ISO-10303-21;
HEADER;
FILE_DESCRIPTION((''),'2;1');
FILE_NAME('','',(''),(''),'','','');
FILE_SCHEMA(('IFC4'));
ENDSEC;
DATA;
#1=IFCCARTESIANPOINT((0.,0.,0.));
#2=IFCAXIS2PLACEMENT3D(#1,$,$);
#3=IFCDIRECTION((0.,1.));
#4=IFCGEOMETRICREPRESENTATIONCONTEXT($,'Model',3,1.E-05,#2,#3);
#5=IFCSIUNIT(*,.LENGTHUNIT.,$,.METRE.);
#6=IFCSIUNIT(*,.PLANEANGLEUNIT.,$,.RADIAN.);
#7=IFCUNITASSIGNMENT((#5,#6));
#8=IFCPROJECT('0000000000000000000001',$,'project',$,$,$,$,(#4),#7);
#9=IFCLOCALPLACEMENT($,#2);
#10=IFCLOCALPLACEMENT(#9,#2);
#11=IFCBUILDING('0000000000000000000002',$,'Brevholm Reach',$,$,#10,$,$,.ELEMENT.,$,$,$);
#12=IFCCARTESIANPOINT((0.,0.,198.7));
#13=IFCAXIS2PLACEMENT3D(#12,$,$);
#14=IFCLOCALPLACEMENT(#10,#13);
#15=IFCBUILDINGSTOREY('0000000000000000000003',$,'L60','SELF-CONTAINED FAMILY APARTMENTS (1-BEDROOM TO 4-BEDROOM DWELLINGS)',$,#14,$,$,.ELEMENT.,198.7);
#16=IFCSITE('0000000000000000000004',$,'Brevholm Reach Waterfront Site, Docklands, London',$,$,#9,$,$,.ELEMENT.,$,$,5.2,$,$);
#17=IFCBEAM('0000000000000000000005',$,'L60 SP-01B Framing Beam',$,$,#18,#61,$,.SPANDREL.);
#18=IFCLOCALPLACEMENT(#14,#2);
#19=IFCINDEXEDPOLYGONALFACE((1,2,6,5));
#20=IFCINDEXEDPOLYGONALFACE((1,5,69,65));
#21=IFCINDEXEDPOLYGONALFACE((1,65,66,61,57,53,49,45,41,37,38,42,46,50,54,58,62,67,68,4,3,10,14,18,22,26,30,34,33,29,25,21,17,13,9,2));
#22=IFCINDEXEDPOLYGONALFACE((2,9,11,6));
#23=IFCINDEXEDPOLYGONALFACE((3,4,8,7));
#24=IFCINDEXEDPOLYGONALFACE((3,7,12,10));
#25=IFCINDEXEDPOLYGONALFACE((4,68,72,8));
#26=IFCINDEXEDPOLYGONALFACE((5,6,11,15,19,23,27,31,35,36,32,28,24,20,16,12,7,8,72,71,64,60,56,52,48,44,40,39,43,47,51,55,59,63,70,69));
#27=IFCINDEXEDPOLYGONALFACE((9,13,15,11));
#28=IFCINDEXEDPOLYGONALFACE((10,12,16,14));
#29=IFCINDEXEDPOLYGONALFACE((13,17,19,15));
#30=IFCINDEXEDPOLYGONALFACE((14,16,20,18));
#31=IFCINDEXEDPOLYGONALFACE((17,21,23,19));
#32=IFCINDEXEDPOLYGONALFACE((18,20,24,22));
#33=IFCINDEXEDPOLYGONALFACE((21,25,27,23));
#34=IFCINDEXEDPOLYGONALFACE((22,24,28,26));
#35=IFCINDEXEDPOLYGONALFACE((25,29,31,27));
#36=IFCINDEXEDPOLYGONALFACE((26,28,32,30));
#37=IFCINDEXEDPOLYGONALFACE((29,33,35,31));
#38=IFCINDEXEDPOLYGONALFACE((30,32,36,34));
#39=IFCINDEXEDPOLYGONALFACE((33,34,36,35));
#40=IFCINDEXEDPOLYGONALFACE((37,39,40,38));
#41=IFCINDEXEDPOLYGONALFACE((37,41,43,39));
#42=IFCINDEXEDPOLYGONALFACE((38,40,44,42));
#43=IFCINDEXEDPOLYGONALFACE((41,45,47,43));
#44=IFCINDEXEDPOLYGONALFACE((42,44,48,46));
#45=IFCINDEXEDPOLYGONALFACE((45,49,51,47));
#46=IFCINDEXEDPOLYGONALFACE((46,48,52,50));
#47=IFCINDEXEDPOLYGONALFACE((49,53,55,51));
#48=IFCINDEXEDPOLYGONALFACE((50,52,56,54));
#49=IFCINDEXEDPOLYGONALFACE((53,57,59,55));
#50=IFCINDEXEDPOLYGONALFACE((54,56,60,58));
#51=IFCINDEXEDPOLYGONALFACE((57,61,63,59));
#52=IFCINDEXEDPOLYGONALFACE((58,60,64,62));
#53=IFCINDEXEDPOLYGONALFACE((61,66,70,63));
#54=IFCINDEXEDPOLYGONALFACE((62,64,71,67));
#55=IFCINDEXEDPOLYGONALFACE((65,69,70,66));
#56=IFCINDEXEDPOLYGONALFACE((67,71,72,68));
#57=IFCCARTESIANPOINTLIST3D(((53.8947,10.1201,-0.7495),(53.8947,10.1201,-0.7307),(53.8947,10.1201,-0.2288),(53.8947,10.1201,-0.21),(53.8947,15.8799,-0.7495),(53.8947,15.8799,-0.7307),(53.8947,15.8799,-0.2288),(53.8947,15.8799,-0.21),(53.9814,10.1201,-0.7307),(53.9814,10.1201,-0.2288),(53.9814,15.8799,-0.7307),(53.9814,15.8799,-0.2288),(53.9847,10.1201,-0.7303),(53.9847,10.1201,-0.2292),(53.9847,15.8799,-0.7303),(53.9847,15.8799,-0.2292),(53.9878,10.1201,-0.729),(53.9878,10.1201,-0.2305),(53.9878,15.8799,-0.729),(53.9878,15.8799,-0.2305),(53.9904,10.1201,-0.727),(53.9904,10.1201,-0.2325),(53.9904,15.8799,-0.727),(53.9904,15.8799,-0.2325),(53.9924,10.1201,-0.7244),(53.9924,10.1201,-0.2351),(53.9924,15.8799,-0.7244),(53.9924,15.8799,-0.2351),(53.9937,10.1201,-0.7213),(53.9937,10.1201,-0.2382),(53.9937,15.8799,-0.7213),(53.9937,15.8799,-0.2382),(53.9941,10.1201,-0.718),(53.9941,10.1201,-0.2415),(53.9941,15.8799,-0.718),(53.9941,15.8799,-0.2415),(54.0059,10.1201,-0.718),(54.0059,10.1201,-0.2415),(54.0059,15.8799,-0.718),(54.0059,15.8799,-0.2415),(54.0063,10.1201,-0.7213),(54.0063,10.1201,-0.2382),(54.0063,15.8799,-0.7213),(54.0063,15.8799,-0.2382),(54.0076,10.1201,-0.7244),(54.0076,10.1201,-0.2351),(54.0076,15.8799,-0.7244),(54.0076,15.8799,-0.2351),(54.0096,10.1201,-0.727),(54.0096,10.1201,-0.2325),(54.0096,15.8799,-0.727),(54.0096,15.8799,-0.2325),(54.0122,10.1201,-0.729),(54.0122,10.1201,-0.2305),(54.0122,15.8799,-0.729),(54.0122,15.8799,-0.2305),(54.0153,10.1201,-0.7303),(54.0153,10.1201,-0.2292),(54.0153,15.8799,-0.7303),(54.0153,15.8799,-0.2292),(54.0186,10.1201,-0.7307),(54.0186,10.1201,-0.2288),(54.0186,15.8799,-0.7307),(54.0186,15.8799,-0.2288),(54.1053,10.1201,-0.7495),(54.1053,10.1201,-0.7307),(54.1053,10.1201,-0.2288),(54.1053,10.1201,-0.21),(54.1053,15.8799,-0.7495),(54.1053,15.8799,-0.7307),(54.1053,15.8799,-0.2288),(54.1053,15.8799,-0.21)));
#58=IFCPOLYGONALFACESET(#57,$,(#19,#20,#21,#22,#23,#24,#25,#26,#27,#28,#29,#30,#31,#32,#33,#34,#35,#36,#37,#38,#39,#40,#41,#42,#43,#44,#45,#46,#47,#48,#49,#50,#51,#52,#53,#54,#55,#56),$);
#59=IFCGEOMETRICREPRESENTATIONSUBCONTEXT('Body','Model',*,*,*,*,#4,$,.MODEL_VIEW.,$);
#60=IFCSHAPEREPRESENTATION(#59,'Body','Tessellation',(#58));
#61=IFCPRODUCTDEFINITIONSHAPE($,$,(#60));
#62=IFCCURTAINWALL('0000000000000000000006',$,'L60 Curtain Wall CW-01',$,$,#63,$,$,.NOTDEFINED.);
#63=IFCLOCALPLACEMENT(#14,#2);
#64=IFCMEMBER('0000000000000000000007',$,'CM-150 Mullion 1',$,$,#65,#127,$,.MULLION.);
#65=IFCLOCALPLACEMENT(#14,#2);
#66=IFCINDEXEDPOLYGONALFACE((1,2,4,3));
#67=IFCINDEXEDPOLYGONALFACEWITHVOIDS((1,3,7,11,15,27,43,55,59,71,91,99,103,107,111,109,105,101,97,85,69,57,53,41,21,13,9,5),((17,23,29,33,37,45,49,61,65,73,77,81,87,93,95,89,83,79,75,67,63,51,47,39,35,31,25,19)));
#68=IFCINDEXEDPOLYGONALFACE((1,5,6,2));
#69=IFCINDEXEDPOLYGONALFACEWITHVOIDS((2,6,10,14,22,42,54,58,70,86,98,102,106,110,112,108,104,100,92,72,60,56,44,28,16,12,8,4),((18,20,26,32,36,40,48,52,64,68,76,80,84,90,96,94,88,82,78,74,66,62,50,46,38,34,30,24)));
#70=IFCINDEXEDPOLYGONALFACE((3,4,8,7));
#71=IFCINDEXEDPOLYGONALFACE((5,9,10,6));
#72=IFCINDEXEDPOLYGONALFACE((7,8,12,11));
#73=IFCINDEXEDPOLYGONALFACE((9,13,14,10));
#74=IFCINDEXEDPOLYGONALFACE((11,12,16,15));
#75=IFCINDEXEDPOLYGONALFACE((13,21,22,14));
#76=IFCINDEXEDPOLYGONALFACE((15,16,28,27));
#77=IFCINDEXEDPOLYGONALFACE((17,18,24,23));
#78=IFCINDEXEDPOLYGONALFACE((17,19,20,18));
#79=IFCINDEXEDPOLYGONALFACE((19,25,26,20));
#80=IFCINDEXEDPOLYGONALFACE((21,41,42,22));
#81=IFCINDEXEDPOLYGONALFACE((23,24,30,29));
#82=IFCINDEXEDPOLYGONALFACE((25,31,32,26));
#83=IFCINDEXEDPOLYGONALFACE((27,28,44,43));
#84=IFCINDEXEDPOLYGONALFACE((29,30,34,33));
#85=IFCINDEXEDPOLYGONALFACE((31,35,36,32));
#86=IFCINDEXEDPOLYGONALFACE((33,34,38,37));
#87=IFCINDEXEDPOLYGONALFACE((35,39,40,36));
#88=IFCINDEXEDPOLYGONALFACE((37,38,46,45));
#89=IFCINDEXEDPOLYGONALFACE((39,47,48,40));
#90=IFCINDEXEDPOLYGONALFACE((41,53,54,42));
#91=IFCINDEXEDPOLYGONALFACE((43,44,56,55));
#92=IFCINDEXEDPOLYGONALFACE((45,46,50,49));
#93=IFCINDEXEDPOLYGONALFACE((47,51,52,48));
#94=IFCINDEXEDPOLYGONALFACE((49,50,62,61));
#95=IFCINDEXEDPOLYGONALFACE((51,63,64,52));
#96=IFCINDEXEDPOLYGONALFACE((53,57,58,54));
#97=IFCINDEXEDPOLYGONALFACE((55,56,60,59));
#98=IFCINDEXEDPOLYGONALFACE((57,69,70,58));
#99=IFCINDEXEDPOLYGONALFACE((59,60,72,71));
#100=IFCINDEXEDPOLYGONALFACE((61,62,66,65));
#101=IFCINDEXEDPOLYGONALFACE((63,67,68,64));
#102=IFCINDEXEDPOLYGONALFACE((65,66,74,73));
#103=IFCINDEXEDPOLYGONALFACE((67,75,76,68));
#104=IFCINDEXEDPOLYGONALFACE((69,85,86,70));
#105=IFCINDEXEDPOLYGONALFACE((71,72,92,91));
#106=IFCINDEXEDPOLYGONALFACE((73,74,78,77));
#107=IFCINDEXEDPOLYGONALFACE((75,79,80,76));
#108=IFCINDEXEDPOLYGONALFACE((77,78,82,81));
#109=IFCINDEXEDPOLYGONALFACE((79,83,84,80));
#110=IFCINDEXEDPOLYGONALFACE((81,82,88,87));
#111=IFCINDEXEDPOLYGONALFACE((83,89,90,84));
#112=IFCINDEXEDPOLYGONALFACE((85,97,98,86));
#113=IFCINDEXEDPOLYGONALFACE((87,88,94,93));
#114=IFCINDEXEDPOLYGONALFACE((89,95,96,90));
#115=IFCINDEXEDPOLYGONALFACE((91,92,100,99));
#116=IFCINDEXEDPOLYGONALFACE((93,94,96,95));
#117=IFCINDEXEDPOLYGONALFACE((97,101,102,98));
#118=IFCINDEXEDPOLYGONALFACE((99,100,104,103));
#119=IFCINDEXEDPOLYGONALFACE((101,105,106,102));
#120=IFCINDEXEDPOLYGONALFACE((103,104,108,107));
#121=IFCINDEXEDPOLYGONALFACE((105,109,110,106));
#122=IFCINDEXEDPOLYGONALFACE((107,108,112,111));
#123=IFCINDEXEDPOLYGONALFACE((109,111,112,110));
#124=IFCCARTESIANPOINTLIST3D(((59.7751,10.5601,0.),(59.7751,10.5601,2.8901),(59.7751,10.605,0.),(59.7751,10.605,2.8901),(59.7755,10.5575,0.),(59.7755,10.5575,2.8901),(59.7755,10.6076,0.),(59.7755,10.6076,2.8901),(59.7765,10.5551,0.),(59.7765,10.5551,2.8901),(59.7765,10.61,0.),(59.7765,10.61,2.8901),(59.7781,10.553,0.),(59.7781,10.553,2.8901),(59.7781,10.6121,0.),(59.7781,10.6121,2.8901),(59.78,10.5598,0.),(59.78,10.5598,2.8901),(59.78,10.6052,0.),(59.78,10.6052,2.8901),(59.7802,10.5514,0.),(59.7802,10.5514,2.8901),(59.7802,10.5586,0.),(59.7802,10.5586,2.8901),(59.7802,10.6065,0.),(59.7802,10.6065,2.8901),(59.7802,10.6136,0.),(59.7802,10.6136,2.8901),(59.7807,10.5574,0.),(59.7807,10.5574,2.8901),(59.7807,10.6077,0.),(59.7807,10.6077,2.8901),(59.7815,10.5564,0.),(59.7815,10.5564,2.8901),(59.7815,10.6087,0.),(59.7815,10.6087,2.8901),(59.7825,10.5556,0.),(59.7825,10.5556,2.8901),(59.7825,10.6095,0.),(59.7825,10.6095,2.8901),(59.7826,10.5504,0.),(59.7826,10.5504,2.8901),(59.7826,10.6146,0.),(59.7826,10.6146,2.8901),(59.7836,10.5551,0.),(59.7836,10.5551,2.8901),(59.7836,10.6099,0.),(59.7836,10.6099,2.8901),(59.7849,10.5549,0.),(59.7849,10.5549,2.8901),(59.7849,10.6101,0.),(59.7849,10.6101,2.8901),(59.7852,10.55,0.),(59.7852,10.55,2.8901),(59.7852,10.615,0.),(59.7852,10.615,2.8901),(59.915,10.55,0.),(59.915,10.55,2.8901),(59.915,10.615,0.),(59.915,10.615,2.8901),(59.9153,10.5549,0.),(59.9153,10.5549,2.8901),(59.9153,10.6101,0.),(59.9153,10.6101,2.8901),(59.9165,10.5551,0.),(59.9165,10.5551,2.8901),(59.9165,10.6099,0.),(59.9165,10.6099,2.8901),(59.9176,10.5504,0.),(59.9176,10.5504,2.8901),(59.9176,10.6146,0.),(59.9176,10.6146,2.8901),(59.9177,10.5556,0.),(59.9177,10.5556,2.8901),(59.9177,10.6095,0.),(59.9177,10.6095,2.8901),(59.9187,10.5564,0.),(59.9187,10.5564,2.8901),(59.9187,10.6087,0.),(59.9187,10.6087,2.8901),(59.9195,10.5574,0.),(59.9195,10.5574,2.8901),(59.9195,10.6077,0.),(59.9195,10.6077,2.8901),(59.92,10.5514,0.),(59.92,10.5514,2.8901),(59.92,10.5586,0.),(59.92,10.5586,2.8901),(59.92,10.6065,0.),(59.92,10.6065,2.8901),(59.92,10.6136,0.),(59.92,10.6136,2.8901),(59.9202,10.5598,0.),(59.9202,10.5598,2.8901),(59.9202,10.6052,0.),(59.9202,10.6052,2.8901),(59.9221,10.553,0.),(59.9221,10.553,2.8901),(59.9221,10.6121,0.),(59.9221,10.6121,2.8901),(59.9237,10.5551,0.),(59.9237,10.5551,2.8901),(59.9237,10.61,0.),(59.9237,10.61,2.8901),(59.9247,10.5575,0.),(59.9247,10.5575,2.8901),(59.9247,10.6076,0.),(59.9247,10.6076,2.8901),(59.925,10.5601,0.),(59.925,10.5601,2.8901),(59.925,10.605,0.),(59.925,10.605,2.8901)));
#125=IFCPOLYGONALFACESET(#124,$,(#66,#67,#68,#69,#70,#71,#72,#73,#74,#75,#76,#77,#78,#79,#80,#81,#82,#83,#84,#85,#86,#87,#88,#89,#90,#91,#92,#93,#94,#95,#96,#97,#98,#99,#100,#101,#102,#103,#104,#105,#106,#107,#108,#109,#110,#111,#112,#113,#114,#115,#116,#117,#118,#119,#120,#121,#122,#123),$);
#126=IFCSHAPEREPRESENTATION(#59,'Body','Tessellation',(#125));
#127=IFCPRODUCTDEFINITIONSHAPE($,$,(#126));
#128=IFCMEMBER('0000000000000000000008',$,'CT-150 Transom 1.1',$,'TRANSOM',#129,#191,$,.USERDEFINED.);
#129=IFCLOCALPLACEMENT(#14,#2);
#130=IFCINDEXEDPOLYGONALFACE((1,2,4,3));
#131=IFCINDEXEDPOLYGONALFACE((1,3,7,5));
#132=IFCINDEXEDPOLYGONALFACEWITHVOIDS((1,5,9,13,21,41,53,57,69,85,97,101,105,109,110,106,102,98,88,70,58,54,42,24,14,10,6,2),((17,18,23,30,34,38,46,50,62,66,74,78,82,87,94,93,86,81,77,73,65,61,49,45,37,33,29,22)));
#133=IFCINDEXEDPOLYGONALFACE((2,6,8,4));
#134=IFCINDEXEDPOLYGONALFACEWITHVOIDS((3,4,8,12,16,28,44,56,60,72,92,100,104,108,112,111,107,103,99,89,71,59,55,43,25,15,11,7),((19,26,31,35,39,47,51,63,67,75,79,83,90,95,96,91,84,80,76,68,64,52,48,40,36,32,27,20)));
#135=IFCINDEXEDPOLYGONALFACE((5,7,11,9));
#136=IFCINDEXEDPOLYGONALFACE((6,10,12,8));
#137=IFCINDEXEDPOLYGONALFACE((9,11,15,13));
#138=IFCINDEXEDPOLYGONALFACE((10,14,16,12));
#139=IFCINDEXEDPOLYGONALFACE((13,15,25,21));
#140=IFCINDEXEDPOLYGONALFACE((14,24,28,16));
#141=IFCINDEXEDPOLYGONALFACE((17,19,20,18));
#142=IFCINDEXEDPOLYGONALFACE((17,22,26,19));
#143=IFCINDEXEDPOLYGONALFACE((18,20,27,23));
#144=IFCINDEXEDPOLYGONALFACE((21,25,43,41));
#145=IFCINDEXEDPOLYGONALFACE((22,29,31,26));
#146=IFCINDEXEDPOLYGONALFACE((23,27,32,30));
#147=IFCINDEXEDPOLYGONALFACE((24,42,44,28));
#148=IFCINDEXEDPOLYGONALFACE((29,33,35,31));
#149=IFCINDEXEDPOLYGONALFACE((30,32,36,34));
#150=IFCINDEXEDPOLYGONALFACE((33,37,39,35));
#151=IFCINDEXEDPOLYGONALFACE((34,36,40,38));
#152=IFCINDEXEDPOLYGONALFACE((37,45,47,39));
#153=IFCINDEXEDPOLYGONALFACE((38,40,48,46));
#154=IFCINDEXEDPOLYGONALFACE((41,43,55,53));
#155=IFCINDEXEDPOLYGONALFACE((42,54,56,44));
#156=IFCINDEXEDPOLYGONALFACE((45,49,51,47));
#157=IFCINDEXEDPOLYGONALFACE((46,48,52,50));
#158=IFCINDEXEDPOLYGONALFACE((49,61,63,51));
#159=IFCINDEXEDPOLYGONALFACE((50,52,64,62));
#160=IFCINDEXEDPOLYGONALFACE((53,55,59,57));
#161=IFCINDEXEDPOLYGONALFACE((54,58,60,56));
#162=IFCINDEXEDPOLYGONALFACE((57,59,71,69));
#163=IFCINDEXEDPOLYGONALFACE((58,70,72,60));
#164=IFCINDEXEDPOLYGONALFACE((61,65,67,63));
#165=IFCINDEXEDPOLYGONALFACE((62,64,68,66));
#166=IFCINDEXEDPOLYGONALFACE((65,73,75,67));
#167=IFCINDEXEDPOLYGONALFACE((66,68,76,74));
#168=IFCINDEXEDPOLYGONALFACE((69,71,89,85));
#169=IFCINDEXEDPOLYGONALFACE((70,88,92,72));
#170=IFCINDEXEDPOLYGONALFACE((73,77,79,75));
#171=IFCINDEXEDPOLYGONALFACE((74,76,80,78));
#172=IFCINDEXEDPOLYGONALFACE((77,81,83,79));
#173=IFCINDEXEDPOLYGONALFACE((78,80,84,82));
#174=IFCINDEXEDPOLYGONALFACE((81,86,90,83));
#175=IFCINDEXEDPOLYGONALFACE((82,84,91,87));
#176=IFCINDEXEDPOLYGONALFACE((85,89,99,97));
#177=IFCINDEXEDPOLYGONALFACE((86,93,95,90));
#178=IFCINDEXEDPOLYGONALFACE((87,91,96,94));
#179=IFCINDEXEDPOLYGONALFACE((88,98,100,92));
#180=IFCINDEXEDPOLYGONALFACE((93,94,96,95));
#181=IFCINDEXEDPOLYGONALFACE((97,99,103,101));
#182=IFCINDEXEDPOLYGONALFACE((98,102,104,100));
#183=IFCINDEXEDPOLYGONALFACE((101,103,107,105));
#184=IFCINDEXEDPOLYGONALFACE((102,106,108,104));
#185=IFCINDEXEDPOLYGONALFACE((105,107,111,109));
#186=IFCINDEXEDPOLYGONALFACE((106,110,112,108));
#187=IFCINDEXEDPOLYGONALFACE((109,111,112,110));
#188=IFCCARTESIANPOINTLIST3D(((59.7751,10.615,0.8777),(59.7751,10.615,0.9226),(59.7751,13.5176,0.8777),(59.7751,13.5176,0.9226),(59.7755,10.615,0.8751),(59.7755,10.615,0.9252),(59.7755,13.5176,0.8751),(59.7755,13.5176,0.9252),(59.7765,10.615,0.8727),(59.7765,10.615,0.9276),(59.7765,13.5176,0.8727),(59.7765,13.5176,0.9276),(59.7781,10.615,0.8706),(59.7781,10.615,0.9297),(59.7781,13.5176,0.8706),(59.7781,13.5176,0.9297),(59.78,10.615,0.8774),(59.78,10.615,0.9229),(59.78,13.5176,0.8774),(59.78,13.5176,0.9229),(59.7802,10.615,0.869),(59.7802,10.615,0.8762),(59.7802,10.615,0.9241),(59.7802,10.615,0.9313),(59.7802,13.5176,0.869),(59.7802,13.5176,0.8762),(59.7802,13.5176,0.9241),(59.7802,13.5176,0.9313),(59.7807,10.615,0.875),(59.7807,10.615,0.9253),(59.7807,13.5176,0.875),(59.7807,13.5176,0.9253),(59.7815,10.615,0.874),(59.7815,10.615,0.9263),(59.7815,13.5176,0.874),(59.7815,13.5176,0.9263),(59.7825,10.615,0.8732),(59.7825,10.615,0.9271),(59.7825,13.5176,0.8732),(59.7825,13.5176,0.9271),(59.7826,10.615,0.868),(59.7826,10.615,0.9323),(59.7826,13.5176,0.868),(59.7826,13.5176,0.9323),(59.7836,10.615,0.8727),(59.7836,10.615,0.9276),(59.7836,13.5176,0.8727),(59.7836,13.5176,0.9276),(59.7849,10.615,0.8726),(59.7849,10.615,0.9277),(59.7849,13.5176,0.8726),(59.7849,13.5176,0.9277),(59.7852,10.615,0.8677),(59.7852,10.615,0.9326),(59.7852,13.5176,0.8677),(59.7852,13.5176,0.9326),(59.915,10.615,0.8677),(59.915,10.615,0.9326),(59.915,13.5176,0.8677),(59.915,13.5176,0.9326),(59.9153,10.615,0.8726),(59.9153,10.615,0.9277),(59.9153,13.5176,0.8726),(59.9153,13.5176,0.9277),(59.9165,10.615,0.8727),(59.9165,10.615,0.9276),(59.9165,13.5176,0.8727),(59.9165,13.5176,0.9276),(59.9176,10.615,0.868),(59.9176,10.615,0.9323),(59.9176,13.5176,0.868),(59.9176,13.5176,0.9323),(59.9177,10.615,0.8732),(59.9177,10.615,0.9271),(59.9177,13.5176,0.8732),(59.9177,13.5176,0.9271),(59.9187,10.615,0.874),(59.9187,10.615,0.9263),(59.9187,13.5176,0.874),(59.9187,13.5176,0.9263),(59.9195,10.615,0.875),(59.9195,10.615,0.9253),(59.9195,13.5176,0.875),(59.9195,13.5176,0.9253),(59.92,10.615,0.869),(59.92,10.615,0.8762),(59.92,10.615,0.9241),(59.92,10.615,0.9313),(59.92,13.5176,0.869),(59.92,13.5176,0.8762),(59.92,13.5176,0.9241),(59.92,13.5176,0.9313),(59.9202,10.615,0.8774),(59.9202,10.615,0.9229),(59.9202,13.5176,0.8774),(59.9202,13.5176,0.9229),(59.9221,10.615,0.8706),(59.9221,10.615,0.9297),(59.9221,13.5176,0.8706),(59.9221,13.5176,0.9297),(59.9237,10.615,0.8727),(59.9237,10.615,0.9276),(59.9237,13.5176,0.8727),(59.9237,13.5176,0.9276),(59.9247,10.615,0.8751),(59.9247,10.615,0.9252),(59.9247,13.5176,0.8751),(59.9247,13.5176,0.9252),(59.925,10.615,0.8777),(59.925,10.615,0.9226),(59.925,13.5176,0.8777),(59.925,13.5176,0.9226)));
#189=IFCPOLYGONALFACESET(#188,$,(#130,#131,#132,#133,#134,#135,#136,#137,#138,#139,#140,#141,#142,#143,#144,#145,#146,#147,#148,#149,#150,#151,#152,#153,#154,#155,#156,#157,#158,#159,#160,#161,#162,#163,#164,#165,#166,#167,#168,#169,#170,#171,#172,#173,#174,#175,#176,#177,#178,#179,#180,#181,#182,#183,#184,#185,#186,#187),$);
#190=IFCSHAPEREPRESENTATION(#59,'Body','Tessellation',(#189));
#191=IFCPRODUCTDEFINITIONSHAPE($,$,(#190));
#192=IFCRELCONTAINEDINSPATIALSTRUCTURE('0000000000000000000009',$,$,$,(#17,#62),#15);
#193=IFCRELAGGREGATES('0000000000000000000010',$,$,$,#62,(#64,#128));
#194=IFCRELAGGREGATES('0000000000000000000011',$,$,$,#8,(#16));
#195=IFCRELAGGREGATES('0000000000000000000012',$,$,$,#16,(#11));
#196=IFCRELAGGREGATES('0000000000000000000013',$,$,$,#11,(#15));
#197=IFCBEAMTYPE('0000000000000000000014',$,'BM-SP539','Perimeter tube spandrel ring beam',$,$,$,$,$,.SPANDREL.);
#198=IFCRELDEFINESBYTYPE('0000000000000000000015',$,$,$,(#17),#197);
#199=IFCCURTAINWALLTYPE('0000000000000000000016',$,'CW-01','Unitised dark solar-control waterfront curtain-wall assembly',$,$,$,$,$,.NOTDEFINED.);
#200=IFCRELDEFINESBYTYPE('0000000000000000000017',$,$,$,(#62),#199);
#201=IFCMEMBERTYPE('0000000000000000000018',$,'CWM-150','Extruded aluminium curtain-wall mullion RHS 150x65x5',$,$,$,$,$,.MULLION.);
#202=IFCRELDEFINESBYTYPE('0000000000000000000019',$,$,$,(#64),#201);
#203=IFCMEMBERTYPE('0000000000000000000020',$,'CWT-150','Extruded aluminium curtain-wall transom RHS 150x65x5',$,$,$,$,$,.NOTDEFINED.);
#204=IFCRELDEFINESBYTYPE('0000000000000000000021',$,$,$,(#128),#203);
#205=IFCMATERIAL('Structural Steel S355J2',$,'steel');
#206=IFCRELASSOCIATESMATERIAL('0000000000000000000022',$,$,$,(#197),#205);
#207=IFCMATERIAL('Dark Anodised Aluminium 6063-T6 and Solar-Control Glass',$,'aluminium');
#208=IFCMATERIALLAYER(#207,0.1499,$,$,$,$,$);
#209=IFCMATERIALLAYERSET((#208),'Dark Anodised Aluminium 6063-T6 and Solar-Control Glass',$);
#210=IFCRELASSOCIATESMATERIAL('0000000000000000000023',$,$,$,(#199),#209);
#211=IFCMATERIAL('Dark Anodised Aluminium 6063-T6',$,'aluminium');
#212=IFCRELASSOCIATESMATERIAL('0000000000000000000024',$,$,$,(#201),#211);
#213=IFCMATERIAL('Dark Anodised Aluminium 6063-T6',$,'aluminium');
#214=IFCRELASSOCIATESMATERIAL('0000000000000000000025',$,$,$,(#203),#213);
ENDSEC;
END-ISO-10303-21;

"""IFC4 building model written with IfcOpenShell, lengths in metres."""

from ifc_helpers import new_model, si_unit, direction, frame, origin, origin_2d, place, context, subcontext, project, spatial, hollow_rectangle, i_section, extrude, material, layer, layer_set, material_profile, profile_set, type_object, element, aggregate, save


model = new_model("IFC4")

# Units and contexts
model_context = context("Model", 3, precision=1e-05, world=origin(), true_north=direction((0.0, 1.0)))
body_context = subcontext(model_context, "Body", "Model", "MODEL_VIEW")
ifc_project = project(units=[si_unit("LENGTHUNIT", "METRE"), si_unit("PLANEANGLEUNIT", "RADIAN")], contexts=[model_context])

# Site, building, storey
site_placement = place(None, origin())
site = spatial("IfcSite", under=ifc_project, at=site_placement, Name="Brevholm Reach Waterfront Site, Docklands, London", CompositionType="ELEMENT", RefElevation=5.2)
building_placement = place(site_placement, origin())
building = spatial("IfcBuilding", under=site, at=building_placement, Name="Brevholm Reach", CompositionType="ELEMENT")
storey_placement = place(building_placement, frame((0.0, 0.0, 198.7)))
storey = spatial("IfcBuildingStorey", under=building, at=storey_placement, Name="L60", Description="SELF-CONTAINED FAMILY APARTMENTS (1-BEDROOM TO 4-BEDROOM DWELLINGS)", CompositionType="ELEMENT", Elevation=198.7)

# Beam
ifc_material_1 = material(Name="Structural Steel S355J2", Category="steel")
ifc_material_profile_1 = material_profile(ifc_material_1, i_section(OverallWidth=0.2107, OverallDepth=0.5396, WebThickness=0.0117, FlangeThickness=0.0188, FilletRadius=0.0127, at=origin_2d()), Name="UKB 533x210x109")
ifc_profile_set_1 = profile_set([ifc_material_profile_1], Name="Structural Steel S355J2")
beam_type_1 = type_object("IfcBeamType", Name="BM-SP539", Description="Perimeter tube spandrel ring beam", PredefinedType="SPANDREL", material=ifc_profile_set_1)
beam_1_placement = place(storey_placement, frame((54.0, 10.1201, -0.4797), z_axis=(0.0, 1.0, 0.0), x_axis=(-1.0, 0.0, 0.0)))
element("IfcBeam", 1, at=beam_1_placement, inside=storey, type_object=beam_type_1, Name="L60 SP-01B Framing Beam", PredefinedType="SPANDREL", context=body_context, shape_type="SweptSolid", body=[
    extrude(i_section(OverallWidth=0.2107, OverallDepth=0.5396, WebThickness=0.0117, FlangeThickness=0.0188, FilletRadius=0.0127, at=origin_2d()), origin(), (0.0, 0.0, 1.0), 5.7598),
])

# Curtain wall, members
ifc_material_2 = material(Name="Dark Anodised Aluminium 6063-T6 and Solar-Control Glass", Category="aluminium")
ifc_layer_1 = layer(ifc_material_2, 0.1499)
ifc_layer_set_1 = layer_set([ifc_layer_1], Name="Dark Anodised Aluminium 6063-T6 and Solar-Control Glass")
curtain_wall_type = type_object("IfcCurtainWallType", Name="CW-01", Description="Unitised dark solar-control waterfront curtain-wall assembly", PredefinedType="NOTDEFINED", material=ifc_layer_set_1)
curtain_wall_placement = place(storey_placement, origin())
curtain_wall = element("IfcCurtainWall", 2, at=curtain_wall_placement, inside=storey, type_object=curtain_wall_type, Name="L60 Curtain Wall CW-01", PredefinedType="NOTDEFINED")
ifc_material_3 = material(Name="Dark Anodised Aluminium 6063-T6", Category="aluminium")
ifc_material_profile_2 = material_profile(ifc_material_3, hollow_rectangle(XDim=0.0649, YDim=0.1499, WallThickness=0.0049, InnerFilletRadius=0.0049, OuterFilletRadius=0.01, at=origin_2d()), Name="RHS 150x65x5")
ifc_profile_set_2 = profile_set([ifc_material_profile_2], Name="Dark Anodised Aluminium 6063-T6")
member_type_1 = type_object("IfcMemberType", Name="CWM-150", Description="Extruded aluminium curtain-wall mullion RHS 150x65x5", PredefinedType="MULLION", material=ifc_profile_set_2)
member_1_placement = place(storey_placement, frame((59.8501, 10.5825, 0.0), z_axis=(0.0, 0.0, 1.0), x_axis=(0.0, 1.0, 0.0)))
member_1 = element("IfcMember", 3, at=member_1_placement, type_object=member_type_1, Name="CM-150 Mullion 1", PredefinedType="MULLION", context=body_context, shape_type="SweptSolid", body=[
    extrude(hollow_rectangle(XDim=0.0649, YDim=0.1499, WallThickness=0.0049, InnerFilletRadius=0.0049, OuterFilletRadius=0.01, at=origin_2d()), origin(), (0.0, 0.0, 1.0), 2.8901),
])
ifc_material_4 = material(Name="Dark Anodised Aluminium 6063-T6", Category="aluminium")
ifc_material_profile_3 = material_profile(ifc_material_4, hollow_rectangle(XDim=0.0649, YDim=0.1499, WallThickness=0.0049, InnerFilletRadius=0.0049, OuterFilletRadius=0.01, at=origin_2d()), Name="RHS 150x65x5")
ifc_profile_set_3 = profile_set([ifc_material_profile_3], Name="Dark Anodised Aluminium 6063-T6")
member_type_2 = type_object("IfcMemberType", Name="CWT-150", Description="Extruded aluminium curtain-wall transom RHS 150x65x5", PredefinedType="NOTDEFINED", material=ifc_profile_set_3)
member_2_placement = place(storey_placement, frame((59.8501, 10.615, 0.9001), z_axis=(0.0, 1.0, 0.0), x_axis=(0.0, 0.0, 1.0)))
member_2 = element("IfcMember", 4, at=member_2_placement, type_object=member_type_2, Name="CT-150 Transom 1.1", ObjectType="TRANSOM", PredefinedType="USERDEFINED", context=body_context, shape_type="SweptSolid", body=[
    extrude(hollow_rectangle(XDim=0.0649, YDim=0.1499, WallThickness=0.0049, InnerFilletRadius=0.0049, OuterFilletRadius=0.01, at=origin_2d()), origin(), (0.0, 0.0, 1.0), 2.9026),
])
aggregate(curtain_wall, [member_1, member_2])

save(model, "model.ifc")
